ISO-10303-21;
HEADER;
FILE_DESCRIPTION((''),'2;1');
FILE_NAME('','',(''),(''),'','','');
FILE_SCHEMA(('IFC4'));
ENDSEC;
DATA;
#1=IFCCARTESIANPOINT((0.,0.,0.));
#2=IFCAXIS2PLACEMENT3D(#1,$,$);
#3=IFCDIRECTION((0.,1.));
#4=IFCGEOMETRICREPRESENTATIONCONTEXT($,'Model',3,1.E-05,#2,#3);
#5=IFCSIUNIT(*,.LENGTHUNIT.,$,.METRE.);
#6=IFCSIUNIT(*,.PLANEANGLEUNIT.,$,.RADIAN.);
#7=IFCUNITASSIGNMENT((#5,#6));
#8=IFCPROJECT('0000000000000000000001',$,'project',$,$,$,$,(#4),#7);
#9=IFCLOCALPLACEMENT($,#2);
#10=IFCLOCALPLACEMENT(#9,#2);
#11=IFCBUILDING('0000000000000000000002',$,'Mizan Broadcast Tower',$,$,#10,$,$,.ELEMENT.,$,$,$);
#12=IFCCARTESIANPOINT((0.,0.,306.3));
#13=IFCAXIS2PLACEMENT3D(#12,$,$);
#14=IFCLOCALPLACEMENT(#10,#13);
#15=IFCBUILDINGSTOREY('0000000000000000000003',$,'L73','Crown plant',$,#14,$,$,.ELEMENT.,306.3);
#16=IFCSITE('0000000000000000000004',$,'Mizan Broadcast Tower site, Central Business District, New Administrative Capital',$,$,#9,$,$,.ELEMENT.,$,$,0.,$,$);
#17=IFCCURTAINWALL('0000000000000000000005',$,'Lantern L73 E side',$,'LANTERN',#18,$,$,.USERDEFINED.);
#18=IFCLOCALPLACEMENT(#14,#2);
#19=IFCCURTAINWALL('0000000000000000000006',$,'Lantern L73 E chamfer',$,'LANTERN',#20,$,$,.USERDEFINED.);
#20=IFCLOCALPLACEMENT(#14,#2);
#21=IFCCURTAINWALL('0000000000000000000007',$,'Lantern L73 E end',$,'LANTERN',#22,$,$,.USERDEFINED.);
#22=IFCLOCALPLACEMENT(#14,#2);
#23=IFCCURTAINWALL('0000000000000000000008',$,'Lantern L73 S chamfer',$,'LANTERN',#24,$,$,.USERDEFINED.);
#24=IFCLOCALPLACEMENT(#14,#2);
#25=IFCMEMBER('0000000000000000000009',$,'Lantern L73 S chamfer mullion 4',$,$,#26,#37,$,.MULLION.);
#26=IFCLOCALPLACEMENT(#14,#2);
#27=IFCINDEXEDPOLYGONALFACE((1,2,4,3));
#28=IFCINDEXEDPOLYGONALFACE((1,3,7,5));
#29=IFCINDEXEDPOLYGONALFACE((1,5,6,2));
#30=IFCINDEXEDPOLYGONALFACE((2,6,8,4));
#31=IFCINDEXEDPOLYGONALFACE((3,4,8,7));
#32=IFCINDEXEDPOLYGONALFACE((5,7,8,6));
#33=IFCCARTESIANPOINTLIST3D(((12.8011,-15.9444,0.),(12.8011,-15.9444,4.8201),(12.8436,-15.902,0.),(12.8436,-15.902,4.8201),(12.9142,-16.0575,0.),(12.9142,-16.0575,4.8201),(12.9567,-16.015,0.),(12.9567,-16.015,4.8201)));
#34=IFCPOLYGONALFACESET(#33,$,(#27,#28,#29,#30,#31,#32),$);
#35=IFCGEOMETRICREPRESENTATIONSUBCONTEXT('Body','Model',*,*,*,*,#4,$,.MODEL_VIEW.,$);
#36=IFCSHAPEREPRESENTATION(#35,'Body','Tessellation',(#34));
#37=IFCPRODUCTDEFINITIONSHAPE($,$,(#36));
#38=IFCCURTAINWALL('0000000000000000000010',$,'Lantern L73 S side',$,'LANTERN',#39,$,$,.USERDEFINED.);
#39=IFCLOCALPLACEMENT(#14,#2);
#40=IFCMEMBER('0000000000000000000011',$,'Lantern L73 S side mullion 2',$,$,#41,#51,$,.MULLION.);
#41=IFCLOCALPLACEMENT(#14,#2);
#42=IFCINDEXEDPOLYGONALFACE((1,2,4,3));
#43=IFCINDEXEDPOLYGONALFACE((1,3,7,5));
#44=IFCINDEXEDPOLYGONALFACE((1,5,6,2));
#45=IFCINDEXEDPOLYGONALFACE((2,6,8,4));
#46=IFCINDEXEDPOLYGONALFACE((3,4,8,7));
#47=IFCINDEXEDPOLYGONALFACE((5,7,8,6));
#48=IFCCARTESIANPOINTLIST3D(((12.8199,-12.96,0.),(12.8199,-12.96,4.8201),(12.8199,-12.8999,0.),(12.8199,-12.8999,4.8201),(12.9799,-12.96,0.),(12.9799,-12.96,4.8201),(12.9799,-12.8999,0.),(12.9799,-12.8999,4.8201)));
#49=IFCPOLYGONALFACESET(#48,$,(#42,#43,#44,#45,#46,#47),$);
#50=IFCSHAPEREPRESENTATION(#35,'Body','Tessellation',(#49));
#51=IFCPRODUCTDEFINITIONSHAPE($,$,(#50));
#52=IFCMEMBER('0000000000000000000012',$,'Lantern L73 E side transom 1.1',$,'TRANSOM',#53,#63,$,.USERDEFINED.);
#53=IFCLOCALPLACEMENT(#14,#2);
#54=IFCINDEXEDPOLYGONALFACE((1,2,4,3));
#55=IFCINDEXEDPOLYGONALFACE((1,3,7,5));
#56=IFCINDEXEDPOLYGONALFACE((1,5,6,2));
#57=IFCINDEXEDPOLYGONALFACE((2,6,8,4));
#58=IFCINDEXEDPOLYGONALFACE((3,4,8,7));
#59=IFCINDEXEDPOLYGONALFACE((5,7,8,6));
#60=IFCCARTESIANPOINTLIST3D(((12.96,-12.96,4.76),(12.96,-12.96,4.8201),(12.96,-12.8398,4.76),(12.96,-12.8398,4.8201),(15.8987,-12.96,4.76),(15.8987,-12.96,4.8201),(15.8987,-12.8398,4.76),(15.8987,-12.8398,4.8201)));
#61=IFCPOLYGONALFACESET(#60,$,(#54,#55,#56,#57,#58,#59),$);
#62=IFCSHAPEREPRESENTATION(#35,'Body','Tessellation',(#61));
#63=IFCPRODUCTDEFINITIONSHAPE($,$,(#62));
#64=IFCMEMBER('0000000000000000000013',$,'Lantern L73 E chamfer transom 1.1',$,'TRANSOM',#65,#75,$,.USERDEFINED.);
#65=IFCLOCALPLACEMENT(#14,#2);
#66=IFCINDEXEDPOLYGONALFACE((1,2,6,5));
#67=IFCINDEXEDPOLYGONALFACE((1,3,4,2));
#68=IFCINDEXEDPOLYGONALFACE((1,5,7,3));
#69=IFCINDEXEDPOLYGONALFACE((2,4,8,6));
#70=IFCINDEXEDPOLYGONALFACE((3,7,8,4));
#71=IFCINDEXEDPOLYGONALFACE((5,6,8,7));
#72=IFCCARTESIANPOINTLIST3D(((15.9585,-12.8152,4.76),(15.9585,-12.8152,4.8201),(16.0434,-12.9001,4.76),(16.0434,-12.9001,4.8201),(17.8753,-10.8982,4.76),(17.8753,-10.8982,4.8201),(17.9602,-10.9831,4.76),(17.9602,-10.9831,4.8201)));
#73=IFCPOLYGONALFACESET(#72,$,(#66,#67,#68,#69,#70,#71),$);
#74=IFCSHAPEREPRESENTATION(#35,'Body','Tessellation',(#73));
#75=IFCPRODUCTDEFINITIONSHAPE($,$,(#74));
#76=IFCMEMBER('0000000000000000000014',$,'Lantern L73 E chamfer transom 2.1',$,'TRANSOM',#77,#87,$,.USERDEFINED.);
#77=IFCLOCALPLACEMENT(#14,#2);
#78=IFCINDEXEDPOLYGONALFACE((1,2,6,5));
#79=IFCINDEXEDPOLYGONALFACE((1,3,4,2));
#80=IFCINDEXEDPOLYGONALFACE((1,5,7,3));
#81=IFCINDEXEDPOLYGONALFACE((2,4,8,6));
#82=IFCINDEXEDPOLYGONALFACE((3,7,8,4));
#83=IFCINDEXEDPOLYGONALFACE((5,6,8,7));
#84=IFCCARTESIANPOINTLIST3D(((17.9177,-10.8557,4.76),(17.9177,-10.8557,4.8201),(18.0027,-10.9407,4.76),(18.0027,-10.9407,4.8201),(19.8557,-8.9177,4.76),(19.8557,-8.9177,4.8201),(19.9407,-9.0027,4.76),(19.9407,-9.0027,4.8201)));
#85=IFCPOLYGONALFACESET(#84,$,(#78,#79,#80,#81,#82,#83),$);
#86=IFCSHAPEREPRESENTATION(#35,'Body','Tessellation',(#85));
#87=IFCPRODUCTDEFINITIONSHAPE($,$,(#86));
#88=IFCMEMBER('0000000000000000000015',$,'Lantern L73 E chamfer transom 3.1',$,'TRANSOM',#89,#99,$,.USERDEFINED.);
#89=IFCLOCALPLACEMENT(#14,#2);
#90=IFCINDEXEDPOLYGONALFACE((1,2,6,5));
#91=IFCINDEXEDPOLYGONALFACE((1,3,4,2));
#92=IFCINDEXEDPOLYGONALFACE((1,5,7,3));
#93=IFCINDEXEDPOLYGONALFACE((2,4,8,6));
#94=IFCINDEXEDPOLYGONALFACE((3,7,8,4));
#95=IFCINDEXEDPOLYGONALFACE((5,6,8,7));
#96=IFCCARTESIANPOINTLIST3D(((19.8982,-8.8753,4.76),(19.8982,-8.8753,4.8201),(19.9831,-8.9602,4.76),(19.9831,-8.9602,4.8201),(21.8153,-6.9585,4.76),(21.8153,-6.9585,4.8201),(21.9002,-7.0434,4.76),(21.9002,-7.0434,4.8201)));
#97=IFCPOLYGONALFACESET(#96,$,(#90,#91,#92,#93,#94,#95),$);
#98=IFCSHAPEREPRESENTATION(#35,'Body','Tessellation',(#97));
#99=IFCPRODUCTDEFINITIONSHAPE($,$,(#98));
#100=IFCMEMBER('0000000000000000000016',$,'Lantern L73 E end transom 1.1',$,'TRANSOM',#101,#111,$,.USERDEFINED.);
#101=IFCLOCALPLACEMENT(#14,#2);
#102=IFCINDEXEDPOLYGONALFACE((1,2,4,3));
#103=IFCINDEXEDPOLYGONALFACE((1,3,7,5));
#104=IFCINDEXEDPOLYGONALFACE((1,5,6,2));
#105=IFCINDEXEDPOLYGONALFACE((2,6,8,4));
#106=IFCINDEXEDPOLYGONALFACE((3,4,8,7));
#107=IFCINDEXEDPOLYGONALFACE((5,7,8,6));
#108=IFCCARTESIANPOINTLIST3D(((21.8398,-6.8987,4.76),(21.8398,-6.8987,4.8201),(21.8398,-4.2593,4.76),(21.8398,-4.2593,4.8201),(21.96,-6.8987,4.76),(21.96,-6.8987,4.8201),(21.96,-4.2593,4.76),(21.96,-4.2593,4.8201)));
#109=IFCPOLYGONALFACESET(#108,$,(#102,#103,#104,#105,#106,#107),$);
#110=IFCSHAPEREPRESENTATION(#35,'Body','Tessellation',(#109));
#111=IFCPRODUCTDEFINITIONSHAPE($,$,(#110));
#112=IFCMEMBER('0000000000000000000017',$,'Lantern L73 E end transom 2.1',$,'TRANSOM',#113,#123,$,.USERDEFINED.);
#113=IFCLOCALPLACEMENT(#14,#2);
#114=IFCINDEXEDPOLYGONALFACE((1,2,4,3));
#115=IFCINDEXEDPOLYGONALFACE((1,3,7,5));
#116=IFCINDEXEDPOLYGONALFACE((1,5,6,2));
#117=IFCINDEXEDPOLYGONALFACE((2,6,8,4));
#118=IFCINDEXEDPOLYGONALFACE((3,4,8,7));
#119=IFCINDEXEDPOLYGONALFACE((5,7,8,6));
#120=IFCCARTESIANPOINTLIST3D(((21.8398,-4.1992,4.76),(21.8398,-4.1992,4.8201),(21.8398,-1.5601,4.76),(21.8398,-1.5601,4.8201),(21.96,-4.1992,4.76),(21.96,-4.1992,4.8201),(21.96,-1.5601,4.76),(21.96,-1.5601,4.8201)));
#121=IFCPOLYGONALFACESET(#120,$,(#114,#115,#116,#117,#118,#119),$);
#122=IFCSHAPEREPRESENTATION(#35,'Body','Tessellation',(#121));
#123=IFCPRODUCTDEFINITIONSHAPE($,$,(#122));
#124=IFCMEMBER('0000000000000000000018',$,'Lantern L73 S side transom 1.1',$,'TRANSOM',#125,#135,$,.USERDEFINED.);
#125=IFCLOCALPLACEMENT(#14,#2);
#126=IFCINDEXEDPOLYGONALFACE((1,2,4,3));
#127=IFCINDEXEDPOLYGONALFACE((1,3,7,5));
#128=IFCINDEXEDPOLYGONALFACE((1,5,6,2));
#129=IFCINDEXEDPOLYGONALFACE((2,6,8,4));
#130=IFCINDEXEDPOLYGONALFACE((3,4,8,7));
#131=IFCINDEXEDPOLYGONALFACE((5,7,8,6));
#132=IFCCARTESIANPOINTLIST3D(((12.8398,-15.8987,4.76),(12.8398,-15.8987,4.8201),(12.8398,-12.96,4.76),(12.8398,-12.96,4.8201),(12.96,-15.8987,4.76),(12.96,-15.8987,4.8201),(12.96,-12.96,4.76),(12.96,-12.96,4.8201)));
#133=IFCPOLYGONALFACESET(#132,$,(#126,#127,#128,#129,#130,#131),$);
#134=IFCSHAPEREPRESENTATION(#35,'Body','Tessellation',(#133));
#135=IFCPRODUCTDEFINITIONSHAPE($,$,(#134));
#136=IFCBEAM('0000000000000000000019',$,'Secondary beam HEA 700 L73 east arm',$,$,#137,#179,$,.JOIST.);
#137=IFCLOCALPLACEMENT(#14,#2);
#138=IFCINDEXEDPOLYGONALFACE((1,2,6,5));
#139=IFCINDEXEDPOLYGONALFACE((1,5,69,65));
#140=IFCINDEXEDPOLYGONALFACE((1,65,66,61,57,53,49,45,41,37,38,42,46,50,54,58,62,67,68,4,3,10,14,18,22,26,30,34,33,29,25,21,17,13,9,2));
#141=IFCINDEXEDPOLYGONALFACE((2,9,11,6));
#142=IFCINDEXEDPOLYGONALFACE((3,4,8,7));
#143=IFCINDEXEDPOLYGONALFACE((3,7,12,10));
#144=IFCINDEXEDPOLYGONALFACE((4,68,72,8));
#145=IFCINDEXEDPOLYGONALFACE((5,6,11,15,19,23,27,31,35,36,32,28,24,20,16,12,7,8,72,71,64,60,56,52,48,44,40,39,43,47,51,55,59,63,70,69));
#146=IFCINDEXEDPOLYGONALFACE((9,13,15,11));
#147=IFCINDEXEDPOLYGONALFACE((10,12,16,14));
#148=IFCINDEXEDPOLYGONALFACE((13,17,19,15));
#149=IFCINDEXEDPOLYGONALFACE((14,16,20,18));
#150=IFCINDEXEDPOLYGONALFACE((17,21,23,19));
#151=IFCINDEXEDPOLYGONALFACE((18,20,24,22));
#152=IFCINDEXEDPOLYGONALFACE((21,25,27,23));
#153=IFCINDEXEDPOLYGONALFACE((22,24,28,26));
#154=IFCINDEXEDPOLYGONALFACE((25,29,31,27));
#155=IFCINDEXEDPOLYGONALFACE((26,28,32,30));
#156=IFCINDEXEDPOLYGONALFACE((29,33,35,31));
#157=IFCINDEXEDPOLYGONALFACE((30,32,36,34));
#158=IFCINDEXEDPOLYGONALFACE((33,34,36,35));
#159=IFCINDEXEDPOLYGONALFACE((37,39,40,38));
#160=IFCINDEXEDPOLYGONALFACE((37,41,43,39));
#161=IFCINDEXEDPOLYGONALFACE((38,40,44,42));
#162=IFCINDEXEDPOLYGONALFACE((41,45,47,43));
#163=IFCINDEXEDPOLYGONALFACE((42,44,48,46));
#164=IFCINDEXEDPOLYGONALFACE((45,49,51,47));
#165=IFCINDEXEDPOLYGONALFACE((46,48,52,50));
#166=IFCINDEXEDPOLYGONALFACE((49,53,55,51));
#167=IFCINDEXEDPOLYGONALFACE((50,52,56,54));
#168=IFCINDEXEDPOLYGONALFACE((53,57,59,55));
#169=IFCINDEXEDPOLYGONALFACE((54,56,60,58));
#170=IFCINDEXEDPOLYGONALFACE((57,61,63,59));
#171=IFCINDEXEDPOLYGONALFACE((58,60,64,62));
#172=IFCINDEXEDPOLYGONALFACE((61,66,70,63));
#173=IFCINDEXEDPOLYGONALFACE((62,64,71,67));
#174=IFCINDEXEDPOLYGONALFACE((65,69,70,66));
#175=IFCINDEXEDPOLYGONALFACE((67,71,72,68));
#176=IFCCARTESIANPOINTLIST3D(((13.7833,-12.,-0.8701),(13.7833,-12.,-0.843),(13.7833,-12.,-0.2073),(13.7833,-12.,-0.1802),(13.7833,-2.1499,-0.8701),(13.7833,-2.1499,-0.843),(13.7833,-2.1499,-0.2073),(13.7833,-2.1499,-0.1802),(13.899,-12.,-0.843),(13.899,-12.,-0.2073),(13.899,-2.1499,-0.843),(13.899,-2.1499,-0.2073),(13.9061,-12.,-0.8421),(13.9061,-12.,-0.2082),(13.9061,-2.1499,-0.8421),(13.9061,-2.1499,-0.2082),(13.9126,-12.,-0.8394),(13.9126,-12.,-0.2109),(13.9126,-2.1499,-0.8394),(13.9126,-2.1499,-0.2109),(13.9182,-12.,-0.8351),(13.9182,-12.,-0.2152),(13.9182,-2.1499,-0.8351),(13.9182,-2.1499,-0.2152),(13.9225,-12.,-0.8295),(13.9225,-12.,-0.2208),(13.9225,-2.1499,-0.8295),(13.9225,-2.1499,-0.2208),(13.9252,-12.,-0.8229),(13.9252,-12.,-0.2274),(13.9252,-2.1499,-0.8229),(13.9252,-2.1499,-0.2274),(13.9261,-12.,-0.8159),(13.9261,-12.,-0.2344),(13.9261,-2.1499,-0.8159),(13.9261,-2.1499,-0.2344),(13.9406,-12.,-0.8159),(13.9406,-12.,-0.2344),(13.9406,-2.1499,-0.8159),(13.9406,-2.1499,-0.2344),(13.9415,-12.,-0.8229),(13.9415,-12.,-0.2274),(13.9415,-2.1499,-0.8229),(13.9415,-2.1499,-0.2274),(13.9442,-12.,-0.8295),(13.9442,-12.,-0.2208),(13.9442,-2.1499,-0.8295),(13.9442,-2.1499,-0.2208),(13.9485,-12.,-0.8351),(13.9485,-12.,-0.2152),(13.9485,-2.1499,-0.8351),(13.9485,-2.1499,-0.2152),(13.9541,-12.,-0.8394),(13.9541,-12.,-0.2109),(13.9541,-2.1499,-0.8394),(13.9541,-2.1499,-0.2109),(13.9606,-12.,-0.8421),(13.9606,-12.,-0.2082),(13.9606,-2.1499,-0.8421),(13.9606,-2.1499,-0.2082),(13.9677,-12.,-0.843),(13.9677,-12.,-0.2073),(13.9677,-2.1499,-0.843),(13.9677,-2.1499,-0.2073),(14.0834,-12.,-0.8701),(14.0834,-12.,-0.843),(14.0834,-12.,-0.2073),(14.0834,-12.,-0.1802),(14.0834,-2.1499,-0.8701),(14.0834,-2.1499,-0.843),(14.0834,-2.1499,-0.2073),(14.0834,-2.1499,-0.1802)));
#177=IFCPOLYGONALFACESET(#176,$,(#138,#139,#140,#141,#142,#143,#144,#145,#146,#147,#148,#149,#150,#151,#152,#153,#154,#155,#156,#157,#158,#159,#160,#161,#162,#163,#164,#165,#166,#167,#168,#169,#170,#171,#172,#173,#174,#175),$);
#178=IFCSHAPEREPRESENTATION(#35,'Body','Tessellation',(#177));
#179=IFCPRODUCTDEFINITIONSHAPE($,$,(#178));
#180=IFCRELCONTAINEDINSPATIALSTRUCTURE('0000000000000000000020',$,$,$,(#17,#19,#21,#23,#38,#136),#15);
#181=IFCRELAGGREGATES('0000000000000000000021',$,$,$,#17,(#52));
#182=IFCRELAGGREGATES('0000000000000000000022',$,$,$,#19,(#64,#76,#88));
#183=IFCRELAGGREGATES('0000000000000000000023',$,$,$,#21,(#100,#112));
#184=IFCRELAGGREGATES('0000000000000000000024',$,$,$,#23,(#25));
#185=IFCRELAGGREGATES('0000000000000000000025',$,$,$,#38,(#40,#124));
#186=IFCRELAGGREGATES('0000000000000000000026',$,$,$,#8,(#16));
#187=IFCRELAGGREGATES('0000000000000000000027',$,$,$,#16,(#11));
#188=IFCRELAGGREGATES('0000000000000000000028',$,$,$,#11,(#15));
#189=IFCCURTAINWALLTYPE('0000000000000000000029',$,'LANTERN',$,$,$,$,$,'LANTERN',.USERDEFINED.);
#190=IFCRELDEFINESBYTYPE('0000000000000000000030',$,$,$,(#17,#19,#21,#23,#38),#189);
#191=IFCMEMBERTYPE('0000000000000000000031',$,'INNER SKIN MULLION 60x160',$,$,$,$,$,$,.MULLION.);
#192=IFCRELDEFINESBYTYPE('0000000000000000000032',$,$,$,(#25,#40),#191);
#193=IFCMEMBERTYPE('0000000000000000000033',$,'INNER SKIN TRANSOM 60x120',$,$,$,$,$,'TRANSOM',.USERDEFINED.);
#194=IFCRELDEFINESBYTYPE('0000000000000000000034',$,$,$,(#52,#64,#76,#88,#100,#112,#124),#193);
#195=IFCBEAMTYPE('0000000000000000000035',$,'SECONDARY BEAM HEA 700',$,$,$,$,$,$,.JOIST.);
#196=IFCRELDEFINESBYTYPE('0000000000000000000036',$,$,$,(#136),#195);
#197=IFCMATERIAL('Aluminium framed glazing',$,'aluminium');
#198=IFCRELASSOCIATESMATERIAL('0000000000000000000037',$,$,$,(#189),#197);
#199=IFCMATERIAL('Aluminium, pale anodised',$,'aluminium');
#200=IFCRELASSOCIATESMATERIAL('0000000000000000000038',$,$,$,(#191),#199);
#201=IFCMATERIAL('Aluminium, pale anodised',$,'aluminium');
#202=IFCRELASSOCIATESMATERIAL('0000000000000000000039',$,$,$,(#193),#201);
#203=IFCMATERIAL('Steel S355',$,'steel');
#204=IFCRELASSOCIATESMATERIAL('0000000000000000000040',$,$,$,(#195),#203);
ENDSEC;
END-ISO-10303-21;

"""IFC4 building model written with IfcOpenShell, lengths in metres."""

from ifc_helpers import new_model, si_unit, direction, frame, origin, origin_2d, place, context, subcontext, project, spatial, rectangle, i_section, extrude, material, material_profile, profile_set, type_object, element, aggregate, save


model = new_model("IFC4")

# Units and contexts
model_context = context("Model", 3, precision=1e-05, world=origin(), true_north=direction((0.0, 1.0)))
body_context = subcontext(model_context, "Body", "Model", "MODEL_VIEW")
ifc_project = project(units=[si_unit("LENGTHUNIT", "METRE"), si_unit("PLANEANGLEUNIT", "RADIAN")], contexts=[model_context])

# Site, building, storey
site_placement = place(None, origin())
site = spatial("IfcSite", under=ifc_project, at=site_placement, Name="Mizan Broadcast Tower site, Central Business District, New Administrative Capital", CompositionType="ELEMENT", RefElevation=0.0)
building_placement = place(site_placement, origin())
building = spatial("IfcBuilding", under=site, at=building_placement, Name="Mizan Broadcast Tower", CompositionType="ELEMENT")
storey_placement = place(building_placement, frame((0.0, 0.0, 306.3)))
storey = spatial("IfcBuildingStorey", under=building, at=storey_placement, Name="L73", Description="Crown plant", CompositionType="ELEMENT", Elevation=306.3)

# Curtain wall
ifc_material_1 = material(Name="Aluminium framed glazing", Category="aluminium")
curtain_wall_type = type_object("IfcCurtainWallType", Name="LANTERN", ElementType="LANTERN", PredefinedType="USERDEFINED", material=ifc_material_1)
curtain_wall_1_placement = place(storey_placement, origin())
curtain_wall_1 = element("IfcCurtainWall", 1, at=curtain_wall_1_placement, inside=storey, type_object=curtain_wall_type, Name="Lantern L73 E side", ObjectType="LANTERN", PredefinedType="USERDEFINED")
ifc_material_2 = material(Name="Aluminium, pale anodised", Category="aluminium")
ifc_material_profile_1 = material_profile(ifc_material_2, rectangle(XDim=0.1599, YDim=0.0601, at=origin_2d()), Name="MULLION 160x60")
ifc_profile_set_1 = profile_set([ifc_material_profile_1], Name="Aluminium, pale anodised")
member_type_1 = type_object("IfcMemberType", Name="INNER SKIN MULLION 60x160", PredefinedType="MULLION", material=ifc_profile_set_1)

# Curtain walls
curtain_wall_2_placement = place(storey_placement, origin())
curtain_wall_2 = element("IfcCurtainWall", 2, at=curtain_wall_2_placement, inside=storey, type_object=curtain_wall_type, Name="Lantern L73 E chamfer", ObjectType="LANTERN", PredefinedType="USERDEFINED")
curtain_wall_3_placement = place(storey_placement, origin())
curtain_wall_3 = element("IfcCurtainWall", 3, at=curtain_wall_3_placement, inside=storey, type_object=curtain_wall_type, Name="Lantern L73 E end", ObjectType="LANTERN", PredefinedType="USERDEFINED")

# Curtain walls, members
curtain_wall_4_placement = place(storey_placement, origin())
curtain_wall_4 = element("IfcCurtainWall", 4, at=curtain_wall_4_placement, inside=storey, type_object=curtain_wall_type, Name="Lantern L73 S chamfer", ObjectType="LANTERN", PredefinedType="USERDEFINED")
member_1_placement = place(storey_placement, frame((12.8789, -15.9797, 0.0), z_axis=(0.0, 0.0, 1.0), x_axis=(-0.707107, 0.707107, 0.0)))
member_1 = element("IfcMember", 5, at=member_1_placement, type_object=member_type_1, Name="Lantern L73 S chamfer mullion 4", PredefinedType="MULLION", context=body_context, shape_type="SweptSolid", body=[
    extrude(rectangle(XDim=0.1599, YDim=0.0601, at=origin_2d()), origin(), (0.0, 0.0, 1.0), 4.8201),
])
curtain_wall_5_placement = place(storey_placement, origin())
curtain_wall_5 = element("IfcCurtainWall", 6, at=curtain_wall_5_placement, inside=storey, type_object=curtain_wall_type, Name="Lantern L73 S side", ObjectType="LANTERN", PredefinedType="USERDEFINED")
member_2_placement = place(storey_placement, frame((12.8999, -12.9299, 0.0), z_axis=(0.0, 0.0, 1.0), x_axis=(-1.0, 0.0, 0.0)))
member_2 = element("IfcMember", 7, at=member_2_placement, type_object=member_type_1, Name="Lantern L73 S side mullion 2", PredefinedType="MULLION", context=body_context, shape_type="SweptSolid", body=[
    extrude(rectangle(XDim=0.1599, YDim=0.0601, at=origin_2d()), origin(), (0.0, 0.0, 1.0), 4.8201),
])

# Members
ifc_material_3 = material(Name="Aluminium, pale anodised", Category="aluminium")
ifc_material_profile_2 = material_profile(ifc_material_3, rectangle(XDim=0.1201, YDim=0.0601, at=origin_2d()), Name="TRANSOM 120x60")
ifc_profile_set_2 = profile_set([ifc_material_profile_2], Name="Aluminium, pale anodised")
member_type_2 = type_object("IfcMemberType", Name="INNER SKIN TRANSOM 60x120", ElementType="TRANSOM", PredefinedType="USERDEFINED", material=ifc_profile_set_2)
member_3_placement = place(storey_placement, frame((12.96, -12.8999, 4.79), z_axis=(1.0, 0.0, 0.0), x_axis=(0.0, 1.0, 0.0)))
member_3 = element("IfcMember", 8, at=member_3_placement, type_object=member_type_2, Name="Lantern L73 E side transom 1.1", ObjectType="TRANSOM", PredefinedType="USERDEFINED", context=body_context, shape_type="SweptSolid", body=[
    extrude(rectangle(XDim=0.1201, YDim=0.0601, at=origin_2d()), origin(), (0.0, 0.0, 1.0), 2.9387),
])
member_4_placement = place(storey_placement, frame((16.001, -12.8577, 4.79), z_axis=(0.707062, 0.707152, 0.0), x_axis=(-0.707152, 0.707062, 0.0)))
member_4 = element("IfcMember", 9, at=member_4_placement, type_object=member_type_2, Name="Lantern L73 E chamfer transom 1.1", ObjectType="TRANSOM", PredefinedType="USERDEFINED", context=body_context, shape_type="SweptSolid", body=[
    extrude(rectangle(XDim=0.1201, YDim=0.0601, at=origin_2d()), origin(), (0.0, 0.0, 1.0), 2.7109),
])
member_5_placement = place(storey_placement, frame((17.9602, -10.8982, 4.79), z_axis=(0.707107, 0.707107, 0.0), x_axis=(-0.707107, 0.707107, 0.0)))
member_5 = element("IfcMember", 10, at=member_5_placement, type_object=member_type_2, Name="Lantern L73 E chamfer transom 2.1", ObjectType="TRANSOM", PredefinedType="USERDEFINED", context=body_context, shape_type="SweptSolid", body=[
    extrude(rectangle(XDim=0.1201, YDim=0.0601, at=origin_2d()), origin(), (0.0, 0.0, 1.0), 2.7407),
])
member_6_placement = place(storey_placement, frame((19.9407, -8.9177, 4.79), z_axis=(0.707152, 0.707062, 0.0), x_axis=(-0.707062, 0.707152, 0.0)))
member_6 = element("IfcMember", 11, at=member_6_placement, type_object=member_type_2, Name="Lantern L73 E chamfer transom 3.1", ObjectType="TRANSOM", PredefinedType="USERDEFINED", context=body_context, shape_type="SweptSolid", body=[
    extrude(rectangle(XDim=0.1201, YDim=0.0601, at=origin_2d()), origin(), (0.0, 0.0, 1.0), 2.7109),
])
member_7_placement = place(storey_placement, frame((21.8999, -6.8987, 4.79), z_axis=(0.0, 1.0, 0.0), x_axis=(-1.0, 0.0, 0.0)))
member_7 = element("IfcMember", 12, at=member_7_placement, type_object=member_type_2, Name="Lantern L73 E end transom 1.1", ObjectType="TRANSOM", PredefinedType="USERDEFINED", context=body_context, shape_type="SweptSolid", body=[
    extrude(rectangle(XDim=0.1201, YDim=0.0601, at=origin_2d()), origin(), (0.0, 0.0, 1.0), 2.6394),
])
member_8_placement = place(storey_placement, frame((21.8999, -4.1992, 4.79), z_axis=(0.0, 1.0, 0.0), x_axis=(-1.0, 0.0, 0.0)))
member_8 = element("IfcMember", 13, at=member_8_placement, type_object=member_type_2, Name="Lantern L73 E end transom 2.1", ObjectType="TRANSOM", PredefinedType="USERDEFINED", context=body_context, shape_type="SweptSolid", body=[
    extrude(rectangle(XDim=0.1201, YDim=0.0601, at=origin_2d()), origin(), (0.0, 0.0, 1.0), 2.6392),
])
member_9_placement = place(storey_placement, frame((12.8999, -15.8987, 4.79), z_axis=(0.0, 1.0, 0.0), x_axis=(-1.0, 0.0, 0.0)))
member_9 = element("IfcMember", 14, at=member_9_placement, type_object=member_type_2, Name="Lantern L73 S side transom 1.1", ObjectType="TRANSOM", PredefinedType="USERDEFINED", context=body_context, shape_type="SweptSolid", body=[
    extrude(rectangle(XDim=0.1201, YDim=0.0601, at=origin_2d()), origin(), (0.0, 0.0, 1.0), 2.9387),
])

# Beam
ifc_material_4 = material(Name="Steel S355", Category="steel")
ifc_material_profile_3 = material_profile(ifc_material_4, i_section(OverallWidth=0.3, OverallDepth=0.6899, WebThickness=0.0144, FlangeThickness=0.0271, FilletRadius=0.0271, at=origin_2d()), Name="HEA 700")
ifc_profile_set_3 = profile_set([ifc_material_profile_3], Name="Steel S355")
beam_type_1 = type_object("IfcBeamType", Name="SECONDARY BEAM HEA 700", PredefinedType="JOIST", material=ifc_profile_set_3)
for number, where, z_axis, x_axis, name in (
    (15, (13.9333, -12.0, -0.5251), (0.0, 1.0, 0.0), (-1.0, 0.0, 0.0), "Secondary beam HEA 700 L73 east arm"),
):
    element("IfcBeam", number, at=place(storey_placement, frame(where, z_axis=z_axis, x_axis=x_axis)), inside=storey, type_object=beam_type_1, Name=name, PredefinedType="JOIST", context=body_context, shape_type="SweptSolid", body=[
        extrude(i_section(OverallWidth=0.3, OverallDepth=0.6899, WebThickness=0.0144, FlangeThickness=0.0271, FilletRadius=0.0271, at=origin_2d()), origin(), (0.0, 0.0, 1.0), 9.8501),
    ])

aggregate(curtain_wall_1, [member_3])
aggregate(curtain_wall_2, [member_4, member_5, member_6])
aggregate(curtain_wall_3, [member_7, member_8])
aggregate(curtain_wall_4, [member_1])
aggregate(curtain_wall_5, [member_2, member_9])

save(model, "model.ifc")
